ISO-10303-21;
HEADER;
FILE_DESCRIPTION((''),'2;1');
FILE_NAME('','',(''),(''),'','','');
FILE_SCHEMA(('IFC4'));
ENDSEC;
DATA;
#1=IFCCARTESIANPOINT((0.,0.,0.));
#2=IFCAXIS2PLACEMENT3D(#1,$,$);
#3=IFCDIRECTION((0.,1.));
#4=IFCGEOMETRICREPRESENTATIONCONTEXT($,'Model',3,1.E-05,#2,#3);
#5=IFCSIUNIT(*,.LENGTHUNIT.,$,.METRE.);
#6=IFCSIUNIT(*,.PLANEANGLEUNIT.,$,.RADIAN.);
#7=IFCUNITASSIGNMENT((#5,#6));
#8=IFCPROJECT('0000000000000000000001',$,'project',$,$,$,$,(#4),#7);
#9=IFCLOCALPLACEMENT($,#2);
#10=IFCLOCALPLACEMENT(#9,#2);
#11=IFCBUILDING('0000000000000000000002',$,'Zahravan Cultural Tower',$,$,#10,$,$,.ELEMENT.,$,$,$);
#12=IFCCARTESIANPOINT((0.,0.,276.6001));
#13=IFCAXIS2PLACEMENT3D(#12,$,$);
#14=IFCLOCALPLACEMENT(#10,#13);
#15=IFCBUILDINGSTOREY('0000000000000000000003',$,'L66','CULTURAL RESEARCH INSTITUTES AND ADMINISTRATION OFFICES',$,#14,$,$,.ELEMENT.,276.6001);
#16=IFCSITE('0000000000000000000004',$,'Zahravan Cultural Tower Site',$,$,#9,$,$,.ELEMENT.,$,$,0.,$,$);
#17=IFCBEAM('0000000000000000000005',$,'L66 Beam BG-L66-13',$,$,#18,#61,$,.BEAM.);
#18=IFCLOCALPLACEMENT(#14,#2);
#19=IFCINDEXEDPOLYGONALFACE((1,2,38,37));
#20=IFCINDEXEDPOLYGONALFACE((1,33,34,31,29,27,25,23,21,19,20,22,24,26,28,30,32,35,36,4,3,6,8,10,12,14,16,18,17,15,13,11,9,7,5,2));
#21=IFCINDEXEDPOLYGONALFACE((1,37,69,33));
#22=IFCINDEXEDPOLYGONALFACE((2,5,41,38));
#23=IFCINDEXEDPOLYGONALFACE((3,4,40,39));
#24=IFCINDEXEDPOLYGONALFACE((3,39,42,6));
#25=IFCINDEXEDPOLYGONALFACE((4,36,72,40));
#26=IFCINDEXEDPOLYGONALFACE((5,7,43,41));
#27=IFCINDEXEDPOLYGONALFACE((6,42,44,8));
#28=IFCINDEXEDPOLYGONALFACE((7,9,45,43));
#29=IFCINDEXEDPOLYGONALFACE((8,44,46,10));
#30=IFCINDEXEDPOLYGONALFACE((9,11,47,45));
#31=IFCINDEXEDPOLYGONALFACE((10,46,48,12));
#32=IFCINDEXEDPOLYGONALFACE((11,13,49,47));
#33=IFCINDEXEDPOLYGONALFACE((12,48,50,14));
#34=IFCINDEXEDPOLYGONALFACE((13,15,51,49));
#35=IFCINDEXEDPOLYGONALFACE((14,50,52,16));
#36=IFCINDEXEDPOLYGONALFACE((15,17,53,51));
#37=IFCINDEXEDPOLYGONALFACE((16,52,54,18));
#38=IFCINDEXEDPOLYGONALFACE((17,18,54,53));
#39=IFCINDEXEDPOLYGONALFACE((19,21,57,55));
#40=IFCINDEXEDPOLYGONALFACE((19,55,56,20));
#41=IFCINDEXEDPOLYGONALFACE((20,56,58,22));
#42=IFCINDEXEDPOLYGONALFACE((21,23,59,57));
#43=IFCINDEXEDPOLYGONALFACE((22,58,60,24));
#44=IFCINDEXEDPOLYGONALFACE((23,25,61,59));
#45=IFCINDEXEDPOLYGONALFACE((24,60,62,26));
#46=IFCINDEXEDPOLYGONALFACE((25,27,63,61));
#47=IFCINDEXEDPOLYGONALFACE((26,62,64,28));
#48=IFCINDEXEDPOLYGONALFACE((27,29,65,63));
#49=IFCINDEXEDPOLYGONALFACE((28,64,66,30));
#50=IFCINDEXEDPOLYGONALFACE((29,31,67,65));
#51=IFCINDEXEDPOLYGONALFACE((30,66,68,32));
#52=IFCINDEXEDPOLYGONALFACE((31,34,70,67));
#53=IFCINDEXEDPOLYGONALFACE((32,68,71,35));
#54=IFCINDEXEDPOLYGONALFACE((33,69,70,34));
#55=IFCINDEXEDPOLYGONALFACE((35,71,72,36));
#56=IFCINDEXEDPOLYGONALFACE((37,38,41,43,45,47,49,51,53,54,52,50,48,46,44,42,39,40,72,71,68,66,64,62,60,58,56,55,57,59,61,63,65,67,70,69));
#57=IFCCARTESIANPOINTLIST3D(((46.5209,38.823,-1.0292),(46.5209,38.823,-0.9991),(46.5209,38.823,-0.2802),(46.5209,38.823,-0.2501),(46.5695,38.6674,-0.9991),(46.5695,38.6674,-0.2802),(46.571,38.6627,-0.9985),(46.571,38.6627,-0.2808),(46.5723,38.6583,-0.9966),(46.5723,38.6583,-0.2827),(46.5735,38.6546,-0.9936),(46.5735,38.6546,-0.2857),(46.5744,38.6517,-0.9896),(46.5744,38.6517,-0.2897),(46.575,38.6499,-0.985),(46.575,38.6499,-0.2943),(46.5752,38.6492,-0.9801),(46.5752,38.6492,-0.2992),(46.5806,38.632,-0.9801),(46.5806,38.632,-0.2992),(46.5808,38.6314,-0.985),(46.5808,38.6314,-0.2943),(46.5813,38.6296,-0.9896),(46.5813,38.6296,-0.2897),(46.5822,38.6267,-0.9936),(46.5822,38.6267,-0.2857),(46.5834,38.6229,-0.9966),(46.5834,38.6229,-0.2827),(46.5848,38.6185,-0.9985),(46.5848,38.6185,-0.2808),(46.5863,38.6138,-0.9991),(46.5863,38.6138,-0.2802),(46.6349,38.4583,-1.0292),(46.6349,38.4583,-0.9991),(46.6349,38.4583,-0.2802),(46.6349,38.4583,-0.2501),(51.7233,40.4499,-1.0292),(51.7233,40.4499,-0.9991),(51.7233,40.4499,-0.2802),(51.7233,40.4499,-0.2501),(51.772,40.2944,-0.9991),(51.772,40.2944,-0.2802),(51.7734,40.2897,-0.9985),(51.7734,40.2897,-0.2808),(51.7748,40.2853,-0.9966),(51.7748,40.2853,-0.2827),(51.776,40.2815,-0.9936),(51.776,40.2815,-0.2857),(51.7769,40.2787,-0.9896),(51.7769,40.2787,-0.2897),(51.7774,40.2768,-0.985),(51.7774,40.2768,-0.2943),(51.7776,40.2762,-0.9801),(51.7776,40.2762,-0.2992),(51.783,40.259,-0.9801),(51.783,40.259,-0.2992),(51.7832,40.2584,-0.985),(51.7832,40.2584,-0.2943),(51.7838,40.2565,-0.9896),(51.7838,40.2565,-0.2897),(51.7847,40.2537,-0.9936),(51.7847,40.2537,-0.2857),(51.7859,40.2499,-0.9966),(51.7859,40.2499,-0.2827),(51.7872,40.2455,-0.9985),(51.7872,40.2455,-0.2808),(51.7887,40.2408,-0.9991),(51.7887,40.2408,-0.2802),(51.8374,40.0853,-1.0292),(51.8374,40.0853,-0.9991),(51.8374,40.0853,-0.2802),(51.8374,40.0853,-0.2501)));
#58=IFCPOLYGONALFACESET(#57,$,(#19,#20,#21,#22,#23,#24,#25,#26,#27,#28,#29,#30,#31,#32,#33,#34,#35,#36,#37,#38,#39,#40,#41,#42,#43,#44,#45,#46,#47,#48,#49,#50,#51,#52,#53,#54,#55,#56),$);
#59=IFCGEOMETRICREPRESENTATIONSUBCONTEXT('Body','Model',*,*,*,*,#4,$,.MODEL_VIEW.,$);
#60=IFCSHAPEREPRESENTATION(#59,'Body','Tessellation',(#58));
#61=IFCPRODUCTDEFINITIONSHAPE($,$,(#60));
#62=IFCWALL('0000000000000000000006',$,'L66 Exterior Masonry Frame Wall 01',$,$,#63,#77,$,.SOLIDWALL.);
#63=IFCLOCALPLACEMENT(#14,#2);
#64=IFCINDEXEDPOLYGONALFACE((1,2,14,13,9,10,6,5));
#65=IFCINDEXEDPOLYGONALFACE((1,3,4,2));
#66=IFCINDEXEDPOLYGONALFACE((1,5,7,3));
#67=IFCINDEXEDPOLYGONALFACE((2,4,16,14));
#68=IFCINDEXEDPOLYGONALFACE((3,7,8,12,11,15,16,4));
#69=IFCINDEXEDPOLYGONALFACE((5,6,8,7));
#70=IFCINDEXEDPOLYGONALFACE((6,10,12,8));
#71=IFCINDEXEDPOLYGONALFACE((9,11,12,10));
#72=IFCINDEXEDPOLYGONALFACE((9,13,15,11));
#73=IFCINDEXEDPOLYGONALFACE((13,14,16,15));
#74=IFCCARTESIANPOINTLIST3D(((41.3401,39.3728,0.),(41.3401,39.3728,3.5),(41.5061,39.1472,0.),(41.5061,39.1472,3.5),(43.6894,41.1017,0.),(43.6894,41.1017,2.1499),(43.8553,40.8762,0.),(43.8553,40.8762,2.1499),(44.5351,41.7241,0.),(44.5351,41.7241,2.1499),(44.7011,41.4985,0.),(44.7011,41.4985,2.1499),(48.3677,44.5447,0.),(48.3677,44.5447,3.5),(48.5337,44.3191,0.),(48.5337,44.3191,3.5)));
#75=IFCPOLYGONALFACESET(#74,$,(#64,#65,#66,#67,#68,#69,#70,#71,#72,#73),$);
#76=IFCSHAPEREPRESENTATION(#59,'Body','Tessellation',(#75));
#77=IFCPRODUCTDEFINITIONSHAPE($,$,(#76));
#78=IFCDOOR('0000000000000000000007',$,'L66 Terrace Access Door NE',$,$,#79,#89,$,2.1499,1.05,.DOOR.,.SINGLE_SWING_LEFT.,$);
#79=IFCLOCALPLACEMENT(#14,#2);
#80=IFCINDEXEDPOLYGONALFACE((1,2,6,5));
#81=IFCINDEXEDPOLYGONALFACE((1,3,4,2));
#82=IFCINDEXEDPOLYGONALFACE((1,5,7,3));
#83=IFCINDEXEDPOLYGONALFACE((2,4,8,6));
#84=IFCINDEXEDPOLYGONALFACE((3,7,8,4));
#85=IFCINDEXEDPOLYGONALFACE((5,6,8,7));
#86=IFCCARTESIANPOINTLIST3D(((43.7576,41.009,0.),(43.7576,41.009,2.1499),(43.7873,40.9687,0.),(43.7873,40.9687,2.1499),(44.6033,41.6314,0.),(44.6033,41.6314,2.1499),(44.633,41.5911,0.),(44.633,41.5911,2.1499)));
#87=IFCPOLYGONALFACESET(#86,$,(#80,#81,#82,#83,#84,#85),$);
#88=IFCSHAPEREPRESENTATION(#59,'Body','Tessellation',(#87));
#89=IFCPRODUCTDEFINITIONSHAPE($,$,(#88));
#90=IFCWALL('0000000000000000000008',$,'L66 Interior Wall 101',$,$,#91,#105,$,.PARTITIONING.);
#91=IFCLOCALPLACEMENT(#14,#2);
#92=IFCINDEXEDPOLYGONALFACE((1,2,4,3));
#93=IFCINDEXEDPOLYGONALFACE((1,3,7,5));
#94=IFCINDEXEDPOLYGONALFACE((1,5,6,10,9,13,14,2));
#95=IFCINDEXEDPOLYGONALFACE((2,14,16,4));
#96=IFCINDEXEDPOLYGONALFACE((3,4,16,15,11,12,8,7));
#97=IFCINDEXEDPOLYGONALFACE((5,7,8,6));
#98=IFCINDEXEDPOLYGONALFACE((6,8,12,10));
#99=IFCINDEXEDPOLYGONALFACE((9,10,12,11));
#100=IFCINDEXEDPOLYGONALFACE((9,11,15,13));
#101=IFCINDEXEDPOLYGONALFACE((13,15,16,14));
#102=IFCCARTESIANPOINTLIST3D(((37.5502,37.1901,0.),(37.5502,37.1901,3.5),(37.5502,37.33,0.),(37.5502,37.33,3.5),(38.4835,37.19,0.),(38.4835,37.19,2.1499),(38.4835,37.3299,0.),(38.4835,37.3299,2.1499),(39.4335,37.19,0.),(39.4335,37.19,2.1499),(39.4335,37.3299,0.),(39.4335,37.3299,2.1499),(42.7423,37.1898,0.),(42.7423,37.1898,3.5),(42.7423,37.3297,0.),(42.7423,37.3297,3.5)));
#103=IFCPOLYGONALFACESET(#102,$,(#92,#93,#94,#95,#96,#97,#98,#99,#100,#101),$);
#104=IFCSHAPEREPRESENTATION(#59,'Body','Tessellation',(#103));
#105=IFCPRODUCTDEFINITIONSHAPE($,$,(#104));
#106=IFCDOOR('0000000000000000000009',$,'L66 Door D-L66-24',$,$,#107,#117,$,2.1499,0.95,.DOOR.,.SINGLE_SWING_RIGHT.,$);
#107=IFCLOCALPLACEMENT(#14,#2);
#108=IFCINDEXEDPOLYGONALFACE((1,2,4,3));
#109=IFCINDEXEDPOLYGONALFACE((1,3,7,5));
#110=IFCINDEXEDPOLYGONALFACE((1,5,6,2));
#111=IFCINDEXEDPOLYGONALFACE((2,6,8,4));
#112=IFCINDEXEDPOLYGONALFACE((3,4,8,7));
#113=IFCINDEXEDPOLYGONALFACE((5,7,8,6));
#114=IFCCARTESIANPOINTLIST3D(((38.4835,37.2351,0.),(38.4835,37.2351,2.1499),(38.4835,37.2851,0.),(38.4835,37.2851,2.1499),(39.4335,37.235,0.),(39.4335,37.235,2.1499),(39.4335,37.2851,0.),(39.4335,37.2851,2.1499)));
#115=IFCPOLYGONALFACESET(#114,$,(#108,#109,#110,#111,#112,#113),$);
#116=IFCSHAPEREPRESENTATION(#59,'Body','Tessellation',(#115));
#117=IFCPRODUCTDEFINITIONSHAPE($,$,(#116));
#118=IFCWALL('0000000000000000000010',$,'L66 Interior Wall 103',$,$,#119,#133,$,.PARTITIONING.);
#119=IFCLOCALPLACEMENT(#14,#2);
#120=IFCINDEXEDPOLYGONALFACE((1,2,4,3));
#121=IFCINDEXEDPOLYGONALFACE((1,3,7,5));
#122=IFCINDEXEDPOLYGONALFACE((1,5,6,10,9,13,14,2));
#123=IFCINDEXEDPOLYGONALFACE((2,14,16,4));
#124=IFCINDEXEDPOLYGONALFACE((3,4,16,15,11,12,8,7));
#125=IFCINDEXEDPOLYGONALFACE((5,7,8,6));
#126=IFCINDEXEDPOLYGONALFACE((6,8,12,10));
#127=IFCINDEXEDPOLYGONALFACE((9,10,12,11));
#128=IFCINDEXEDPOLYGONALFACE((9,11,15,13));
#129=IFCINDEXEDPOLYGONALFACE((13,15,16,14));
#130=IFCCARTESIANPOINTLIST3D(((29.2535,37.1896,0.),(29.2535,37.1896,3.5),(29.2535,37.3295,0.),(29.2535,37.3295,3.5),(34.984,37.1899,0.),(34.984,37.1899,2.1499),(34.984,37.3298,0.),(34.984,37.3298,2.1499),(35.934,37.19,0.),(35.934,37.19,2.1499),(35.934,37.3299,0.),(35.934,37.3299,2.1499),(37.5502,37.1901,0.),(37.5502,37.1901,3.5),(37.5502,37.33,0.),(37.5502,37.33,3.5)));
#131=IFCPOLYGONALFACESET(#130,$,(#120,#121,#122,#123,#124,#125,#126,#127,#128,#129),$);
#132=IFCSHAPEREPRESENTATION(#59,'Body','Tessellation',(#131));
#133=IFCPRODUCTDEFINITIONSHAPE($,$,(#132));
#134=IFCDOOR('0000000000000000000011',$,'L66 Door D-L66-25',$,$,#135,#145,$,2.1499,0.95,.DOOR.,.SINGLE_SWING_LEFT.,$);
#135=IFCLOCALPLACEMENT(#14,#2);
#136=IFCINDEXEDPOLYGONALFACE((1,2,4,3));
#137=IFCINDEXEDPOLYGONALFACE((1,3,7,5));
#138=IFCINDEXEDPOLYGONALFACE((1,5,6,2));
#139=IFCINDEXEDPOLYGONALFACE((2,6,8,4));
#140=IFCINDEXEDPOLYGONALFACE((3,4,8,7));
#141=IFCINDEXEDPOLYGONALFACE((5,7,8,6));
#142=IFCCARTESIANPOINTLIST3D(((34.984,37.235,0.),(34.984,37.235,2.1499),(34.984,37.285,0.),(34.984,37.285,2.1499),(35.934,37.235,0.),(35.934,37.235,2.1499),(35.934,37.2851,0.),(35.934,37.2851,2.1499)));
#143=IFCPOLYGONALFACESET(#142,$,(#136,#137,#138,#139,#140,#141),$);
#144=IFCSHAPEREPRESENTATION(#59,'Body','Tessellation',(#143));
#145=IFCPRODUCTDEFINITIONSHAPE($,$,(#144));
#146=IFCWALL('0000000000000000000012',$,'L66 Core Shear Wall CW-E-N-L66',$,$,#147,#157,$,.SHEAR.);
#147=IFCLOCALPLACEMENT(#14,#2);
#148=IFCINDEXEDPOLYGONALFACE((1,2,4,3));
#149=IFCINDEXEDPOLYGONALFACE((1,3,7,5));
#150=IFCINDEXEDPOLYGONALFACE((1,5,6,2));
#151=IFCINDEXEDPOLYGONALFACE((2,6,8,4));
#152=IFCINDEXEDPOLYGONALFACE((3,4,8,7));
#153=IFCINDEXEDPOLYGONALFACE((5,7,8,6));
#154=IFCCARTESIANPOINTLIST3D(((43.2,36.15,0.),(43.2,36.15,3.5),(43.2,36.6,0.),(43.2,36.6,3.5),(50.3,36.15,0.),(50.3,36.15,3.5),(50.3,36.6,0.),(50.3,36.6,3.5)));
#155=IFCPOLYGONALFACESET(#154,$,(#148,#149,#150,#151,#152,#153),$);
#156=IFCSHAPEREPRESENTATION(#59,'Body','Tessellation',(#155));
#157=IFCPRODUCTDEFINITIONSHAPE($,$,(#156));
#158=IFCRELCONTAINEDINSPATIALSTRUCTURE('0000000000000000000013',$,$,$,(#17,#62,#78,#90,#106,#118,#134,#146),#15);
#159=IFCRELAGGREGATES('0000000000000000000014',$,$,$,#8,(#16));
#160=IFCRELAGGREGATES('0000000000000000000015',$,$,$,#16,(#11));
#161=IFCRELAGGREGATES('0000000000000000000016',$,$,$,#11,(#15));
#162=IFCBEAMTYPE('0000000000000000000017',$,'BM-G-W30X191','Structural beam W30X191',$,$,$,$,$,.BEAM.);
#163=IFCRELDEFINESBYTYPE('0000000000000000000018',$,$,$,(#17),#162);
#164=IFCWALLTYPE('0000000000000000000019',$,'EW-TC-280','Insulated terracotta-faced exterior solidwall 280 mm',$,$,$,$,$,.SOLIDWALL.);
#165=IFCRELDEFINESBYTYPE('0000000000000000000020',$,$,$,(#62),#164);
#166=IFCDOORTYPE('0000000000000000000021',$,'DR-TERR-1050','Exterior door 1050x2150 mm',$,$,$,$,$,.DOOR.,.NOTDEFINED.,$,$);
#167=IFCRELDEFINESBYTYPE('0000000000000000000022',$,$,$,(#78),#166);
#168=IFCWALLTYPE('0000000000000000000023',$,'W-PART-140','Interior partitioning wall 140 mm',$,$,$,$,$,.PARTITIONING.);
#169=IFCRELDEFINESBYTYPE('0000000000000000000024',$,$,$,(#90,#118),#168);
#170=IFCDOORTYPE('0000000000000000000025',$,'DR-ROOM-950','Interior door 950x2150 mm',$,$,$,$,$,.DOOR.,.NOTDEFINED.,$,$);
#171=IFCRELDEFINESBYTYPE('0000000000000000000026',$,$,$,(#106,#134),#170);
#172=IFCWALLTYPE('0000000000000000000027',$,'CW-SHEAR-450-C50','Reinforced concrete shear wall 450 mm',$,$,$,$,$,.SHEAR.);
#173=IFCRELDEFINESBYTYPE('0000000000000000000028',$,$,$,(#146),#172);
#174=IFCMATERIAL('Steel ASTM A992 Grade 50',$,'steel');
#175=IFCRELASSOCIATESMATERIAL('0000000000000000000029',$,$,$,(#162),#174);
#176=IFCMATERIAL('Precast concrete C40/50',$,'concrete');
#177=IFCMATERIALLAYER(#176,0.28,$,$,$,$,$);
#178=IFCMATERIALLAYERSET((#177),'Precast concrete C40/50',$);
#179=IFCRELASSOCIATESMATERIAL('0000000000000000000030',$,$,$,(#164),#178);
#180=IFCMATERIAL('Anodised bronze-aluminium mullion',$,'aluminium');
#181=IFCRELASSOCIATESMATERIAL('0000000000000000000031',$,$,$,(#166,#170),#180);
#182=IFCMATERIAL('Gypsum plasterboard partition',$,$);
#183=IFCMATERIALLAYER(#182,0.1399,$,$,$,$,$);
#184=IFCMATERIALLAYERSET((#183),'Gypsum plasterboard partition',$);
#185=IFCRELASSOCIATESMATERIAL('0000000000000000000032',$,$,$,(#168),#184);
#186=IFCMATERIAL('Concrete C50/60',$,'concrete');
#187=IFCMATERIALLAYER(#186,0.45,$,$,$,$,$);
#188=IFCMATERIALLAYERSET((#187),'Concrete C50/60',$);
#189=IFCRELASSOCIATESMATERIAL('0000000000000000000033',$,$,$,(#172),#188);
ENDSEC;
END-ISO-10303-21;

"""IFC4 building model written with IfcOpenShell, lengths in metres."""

from ifc_helpers import new_model, si_unit, direction, frame, frame_2d, origin, origin_2d, place, context, subcontext, project, spatial, rectangle, i_section, extrude, source, transform, mapped, material, layer, layer_set, material_profile, profile_set, type_object, element, fill, save


model = new_model("IFC4")

# Units and contexts
model_context = context("Model", 3, precision=1e-05, world=origin(), true_north=direction((0.0, 1.0)))
body_context = subcontext(model_context, "Body", "Model", "MODEL_VIEW")
ifc_project = project(units=[si_unit("LENGTHUNIT", "METRE"), si_unit("PLANEANGLEUNIT", "RADIAN")], contexts=[model_context])

# Site, building, storey
site_placement = place(None, origin())
site = spatial("IfcSite", under=ifc_project, at=site_placement, Name="Zahravan Cultural Tower Site", CompositionType="ELEMENT", RefElevation=0.0)
building_placement = place(site_placement, origin())
building = spatial("IfcBuilding", under=site, at=building_placement, Name="Zahravan Cultural Tower", CompositionType="ELEMENT")
storey_placement = place(building_placement, frame((0.0, 0.0, 276.6001)))
storey = spatial("IfcBuildingStorey", under=building, at=storey_placement, Name="L66", Description="CULTURAL RESEARCH INSTITUTES AND ADMINISTRATION OFFICES", CompositionType="ELEMENT", Elevation=276.6001)

# Shared definitions
ifc_material_1 = material(Name="Concrete C50/60", Category="concrete")
ifc_material_2 = material(Name="Steel ASTM A992 Grade 50", Category="steel")

# Beam
ifc_material_profile_1 = material_profile(ifc_material_2, i_section(OverallWidth=0.3821, OverallDepth=0.7791, WebThickness=0.0181, FlangeThickness=0.03, FilletRadius=0.019, at=origin_2d()), Name="W30X191")
ifc_profile_set_1 = profile_set([ifc_material_profile_1], Name="Steel ASTM A992 Grade 50")
beam_type_1 = type_object("IfcBeamType", Name="BM-G-W30X191", Description="Structural beam W30X191", PredefinedType="BEAM", material=ifc_profile_set_1)
shared_shape_1 = source(origin(), body_context, "Body", "SweptSolid", [
    extrude(i_section(OverallWidth=0.3821, OverallDepth=0.7791, WebThickness=0.0181, FlangeThickness=0.03, FilletRadius=0.019, at=origin_2d()), origin(), (0.0, 0.0, 1.0), 5.4509),
])
beam_1_placement = place(storey_placement, frame((46.5779, 38.6406, -0.6396), z_axis=(0.954417, 0.298476, 0.0), x_axis=(-0.298476, 0.954417, 0.0)))
element("IfcBeam", 1, at=beam_1_placement, inside=storey, type_object=beam_type_1, Name="L66 Beam BG-L66-13", PredefinedType="BEAM", context=body_context, shape_type="MappedRepresentation", body=[
    mapped(shared_shape_1, transform((0.0, 0.0, 0.0), x_axis=(1.0, 0.0, 0.0), y_axis=(0.0, 1.0, 0.0), z_axis=(0.0, 0.0, 1.0), scale=1.0)),
])

# Walls, openings, doors
ifc_material_3 = material(Name="Precast concrete C40/50", Category="concrete")
ifc_layer_1 = layer(ifc_material_3, 0.28)
ifc_layer_set_1 = layer_set([ifc_layer_1], Name="Precast concrete C40/50")
wall_type_1 = type_object("IfcWallType", Name="EW-TC-280", Description="Insulated terracotta-faced exterior solidwall 280 mm", PredefinedType="SOLIDWALL", material=ifc_layer_set_1)
wall_1_placement = place(storey_placement, frame((41.4231, 39.26, 0.0), z_axis=(0.0, 0.0, 1.0), x_axis=(0.805403, 0.592727, 0.0)))
wall_1 = element("IfcWall", 2, at=wall_1_placement, inside=storey, type_object=wall_type_1, Name="L66 Exterior Masonry Frame Wall 01", PredefinedType="SOLIDWALL", context=body_context, shape_type="SweptSolid", body=[
    extrude(rectangle(XDim=8.7256, YDim=0.28, at=frame_2d((4.3628, 0.0))), origin(), (0.0, 0.0, 1.0), 3.5),
])
opening_1_placement = place(wall_1_placement, frame((2.917, 0.0, 0.0)))
opening_1 = element("IfcOpeningElement", 3, at=opening_1_placement, cuts=wall_1, PredefinedType="OPENING", context=body_context, shape_type="SweptSolid", body=[
    extrude(rectangle(XDim=1.05, YDim=2.1499, at=frame_2d((0.5249, 1.075))), frame((0.0, 0.1499, 0.0), z_axis=(0.0, -1.0, 0.0), x_axis=(1.0, 0.0, 0.0)), (0.0, 0.0, 1.0), 0.3),
])
ifc_material_4 = material(Name="Anodised bronze-aluminium mullion", Category="aluminium")
door_type_1 = type_object("IfcDoorType", Name="DR-TERR-1050", Description="Exterior door 1050x2150 mm", OperationType="NOTDEFINED", PredefinedType="DOOR", material=ifc_material_4)
shared_shape_2 = source(origin(), body_context, "Body", "SweptSolid", [
    extrude(rectangle(XDim=1.05, YDim=2.1499, at=frame_2d((0.5249, 1.075))), frame((0.0, 0.0249, 0.0), z_axis=(0.0, -1.0, 0.0), x_axis=(1.0, 0.0, 0.0)), (0.0, 0.0, 1.0), 0.05),
])
door_1_placement = place(opening_1_placement, origin())
door_1 = element("IfcDoor", 4, at=door_1_placement, inside=storey, type_object=door_type_1, Name="L66 Terrace Access Door NE", OperationType="SINGLE_SWING_LEFT", OverallHeight=2.1499, OverallWidth=1.05, PredefinedType="DOOR", context=body_context, shape_type="MappedRepresentation", body=[
    mapped(shared_shape_2, transform((0.0, 0.0, 0.0), x_axis=(1.0, 0.0, 0.0), y_axis=(0.0, 1.0, 0.0), z_axis=(0.0, 0.0, 1.0), scale=1.0)),
])
fill(opening_1, door_1)
ifc_material_5 = material(Name="Gypsum plasterboard partition")
ifc_layer_2 = layer(ifc_material_5, 0.1399)
ifc_layer_set_2 = layer_set([ifc_layer_2], Name="Gypsum plasterboard partition")
wall_type_2 = type_object("IfcWallType", Name="W-PART-140", Description="Interior partitioning wall 140 mm", PredefinedType="PARTITIONING", material=ifc_layer_set_2)
wall_2_placement = place(storey_placement, frame((42.7424, 37.2598, 0.0), z_axis=(0.0, 0.0, 1.0), x_axis=(-1.0, 0.000047, 0.0)))
wall_2 = element("IfcWall", 5, at=wall_2_placement, inside=storey, type_object=wall_type_2, Name="L66 Interior Wall 101", PredefinedType="PARTITIONING", context=body_context, shape_type="SweptSolid", body=[
    extrude(rectangle(XDim=5.1921, YDim=0.1399, at=frame_2d((2.5962, 0.0))), origin(), (0.0, 0.0, 1.0), 3.5),
])
opening_2_placement = place(wall_2_placement, frame((3.3088, 0.0, 0.0)))
opening_2 = element("IfcOpeningElement", 6, at=opening_2_placement, cuts=wall_2, PredefinedType="OPENING", context=body_context, shape_type="SweptSolid", body=[
    extrude(rectangle(XDim=0.95, YDim=2.1499, at=frame_2d((0.4751, 1.075))), frame((0.0, 0.0798, 0.0), z_axis=(0.0, -1.0, 0.0), x_axis=(1.0, 0.0, 0.0)), (0.0, 0.0, 1.0), 0.1599),
])
door_type_2 = type_object("IfcDoorType", Name="DR-ROOM-950", Description="Interior door 950x2150 mm", OperationType="NOTDEFINED", PredefinedType="DOOR", material=ifc_material_4)
shared_shape_3 = source(origin(), body_context, "Body", "SweptSolid", [
    extrude(rectangle(XDim=0.95, YDim=2.1499, at=frame_2d((0.4751, 1.075))), frame((0.0, 0.0249, 0.0), z_axis=(0.0, -1.0, 0.0), x_axis=(1.0, 0.0, 0.0)), (0.0, 0.0, 1.0), 0.05),
])
door_2_placement = place(opening_2_placement, origin())
door_2 = element("IfcDoor", 7, at=door_2_placement, inside=storey, type_object=door_type_2, Name="L66 Door D-L66-24", OperationType="SINGLE_SWING_RIGHT", OverallHeight=2.1499, OverallWidth=0.95, PredefinedType="DOOR", context=body_context, shape_type="MappedRepresentation", body=[
    mapped(shared_shape_3, transform((0.0, 0.0, 0.0), x_axis=(1.0, 0.0, 0.0), y_axis=(0.0, 1.0, 0.0), z_axis=(0.0, 0.0, 1.0), scale=1.0)),
])
fill(opening_2, door_2)
wall_3_placement = place(storey_placement, frame((37.5503, 37.26, 0.0), z_axis=(0.0, 0.0, 1.0), x_axis=(-1.0, -0.000059, 0.0)))
wall_3 = element("IfcWall", 8, at=wall_3_placement, inside=storey, type_object=wall_type_2, Name="L66 Interior Wall 103", PredefinedType="PARTITIONING", context=body_context, shape_type="SweptSolid", body=[
    extrude(rectangle(XDim=8.2966, YDim=0.1399, at=frame_2d((4.1484, 0.0))), origin(), (0.0, 0.0, 1.0), 3.5),
])
opening_3_placement = place(wall_3_placement, frame((1.6162, 0.0, 0.0)))
opening_3 = element("IfcOpeningElement", 9, at=opening_3_placement, cuts=wall_3, PredefinedType="OPENING", context=body_context, shape_type="SweptSolid", body=[
    extrude(rectangle(XDim=0.95, YDim=2.1499, at=frame_2d((0.4751, 1.075))), frame((0.0, 0.0798, 0.0), z_axis=(0.0, -1.0, 0.0), x_axis=(1.0, 0.0, 0.0)), (0.0, 0.0, 1.0), 0.1599),
])
door_3_placement = place(opening_3_placement, origin())
door_3 = element("IfcDoor", 10, at=door_3_placement, inside=storey, type_object=door_type_2, Name="L66 Door D-L66-25", OperationType="SINGLE_SWING_LEFT", OverallHeight=2.1499, OverallWidth=0.95, PredefinedType="DOOR", context=body_context, shape_type="MappedRepresentation", body=[
    mapped(shared_shape_3, transform((0.0, 0.0, 0.0), x_axis=(1.0, 0.0, 0.0), y_axis=(0.0, 1.0, 0.0), z_axis=(0.0, 0.0, 1.0), scale=1.0)),
])
fill(opening_3, door_3)

# Wall
ifc_layer_3 = layer(ifc_material_1, 0.45)
ifc_layer_set_3 = layer_set([ifc_layer_3], Name="Concrete C50/60")
wall_type_3 = type_object("IfcWallType", Name="CW-SHEAR-450-C50", Description="Reinforced concrete shear wall 450 mm", PredefinedType="SHEAR", material=ifc_layer_set_3)
shared_shape_4 = source(origin(), body_context, "Body", "SweptSolid", [
    extrude(rectangle(XDim=7.1001, YDim=0.45, at=frame_2d((3.55, 0.0))), origin(), (0.0, 0.0, 1.0), 3.5),
])
wall_4_placement = place(storey_placement, frame((43.2, 36.375, 0.0), z_axis=(0.0, 0.0, 1.0), x_axis=(1.0, 0.0, 0.0)))
element("IfcWall", 11, at=wall_4_placement, inside=storey, type_object=wall_type_3, Name="L66 Core Shear Wall CW-E-N-L66", PredefinedType="SHEAR", context=body_context, shape_type="MappedRepresentation", body=[
    mapped(shared_shape_4, transform((0.0, 0.0, 0.0), x_axis=(1.0, 0.0, 0.0), y_axis=(0.0, 1.0, 0.0), z_axis=(0.0, 0.0, 1.0), scale=1.0)),
])

save(model, "model.ifc")
